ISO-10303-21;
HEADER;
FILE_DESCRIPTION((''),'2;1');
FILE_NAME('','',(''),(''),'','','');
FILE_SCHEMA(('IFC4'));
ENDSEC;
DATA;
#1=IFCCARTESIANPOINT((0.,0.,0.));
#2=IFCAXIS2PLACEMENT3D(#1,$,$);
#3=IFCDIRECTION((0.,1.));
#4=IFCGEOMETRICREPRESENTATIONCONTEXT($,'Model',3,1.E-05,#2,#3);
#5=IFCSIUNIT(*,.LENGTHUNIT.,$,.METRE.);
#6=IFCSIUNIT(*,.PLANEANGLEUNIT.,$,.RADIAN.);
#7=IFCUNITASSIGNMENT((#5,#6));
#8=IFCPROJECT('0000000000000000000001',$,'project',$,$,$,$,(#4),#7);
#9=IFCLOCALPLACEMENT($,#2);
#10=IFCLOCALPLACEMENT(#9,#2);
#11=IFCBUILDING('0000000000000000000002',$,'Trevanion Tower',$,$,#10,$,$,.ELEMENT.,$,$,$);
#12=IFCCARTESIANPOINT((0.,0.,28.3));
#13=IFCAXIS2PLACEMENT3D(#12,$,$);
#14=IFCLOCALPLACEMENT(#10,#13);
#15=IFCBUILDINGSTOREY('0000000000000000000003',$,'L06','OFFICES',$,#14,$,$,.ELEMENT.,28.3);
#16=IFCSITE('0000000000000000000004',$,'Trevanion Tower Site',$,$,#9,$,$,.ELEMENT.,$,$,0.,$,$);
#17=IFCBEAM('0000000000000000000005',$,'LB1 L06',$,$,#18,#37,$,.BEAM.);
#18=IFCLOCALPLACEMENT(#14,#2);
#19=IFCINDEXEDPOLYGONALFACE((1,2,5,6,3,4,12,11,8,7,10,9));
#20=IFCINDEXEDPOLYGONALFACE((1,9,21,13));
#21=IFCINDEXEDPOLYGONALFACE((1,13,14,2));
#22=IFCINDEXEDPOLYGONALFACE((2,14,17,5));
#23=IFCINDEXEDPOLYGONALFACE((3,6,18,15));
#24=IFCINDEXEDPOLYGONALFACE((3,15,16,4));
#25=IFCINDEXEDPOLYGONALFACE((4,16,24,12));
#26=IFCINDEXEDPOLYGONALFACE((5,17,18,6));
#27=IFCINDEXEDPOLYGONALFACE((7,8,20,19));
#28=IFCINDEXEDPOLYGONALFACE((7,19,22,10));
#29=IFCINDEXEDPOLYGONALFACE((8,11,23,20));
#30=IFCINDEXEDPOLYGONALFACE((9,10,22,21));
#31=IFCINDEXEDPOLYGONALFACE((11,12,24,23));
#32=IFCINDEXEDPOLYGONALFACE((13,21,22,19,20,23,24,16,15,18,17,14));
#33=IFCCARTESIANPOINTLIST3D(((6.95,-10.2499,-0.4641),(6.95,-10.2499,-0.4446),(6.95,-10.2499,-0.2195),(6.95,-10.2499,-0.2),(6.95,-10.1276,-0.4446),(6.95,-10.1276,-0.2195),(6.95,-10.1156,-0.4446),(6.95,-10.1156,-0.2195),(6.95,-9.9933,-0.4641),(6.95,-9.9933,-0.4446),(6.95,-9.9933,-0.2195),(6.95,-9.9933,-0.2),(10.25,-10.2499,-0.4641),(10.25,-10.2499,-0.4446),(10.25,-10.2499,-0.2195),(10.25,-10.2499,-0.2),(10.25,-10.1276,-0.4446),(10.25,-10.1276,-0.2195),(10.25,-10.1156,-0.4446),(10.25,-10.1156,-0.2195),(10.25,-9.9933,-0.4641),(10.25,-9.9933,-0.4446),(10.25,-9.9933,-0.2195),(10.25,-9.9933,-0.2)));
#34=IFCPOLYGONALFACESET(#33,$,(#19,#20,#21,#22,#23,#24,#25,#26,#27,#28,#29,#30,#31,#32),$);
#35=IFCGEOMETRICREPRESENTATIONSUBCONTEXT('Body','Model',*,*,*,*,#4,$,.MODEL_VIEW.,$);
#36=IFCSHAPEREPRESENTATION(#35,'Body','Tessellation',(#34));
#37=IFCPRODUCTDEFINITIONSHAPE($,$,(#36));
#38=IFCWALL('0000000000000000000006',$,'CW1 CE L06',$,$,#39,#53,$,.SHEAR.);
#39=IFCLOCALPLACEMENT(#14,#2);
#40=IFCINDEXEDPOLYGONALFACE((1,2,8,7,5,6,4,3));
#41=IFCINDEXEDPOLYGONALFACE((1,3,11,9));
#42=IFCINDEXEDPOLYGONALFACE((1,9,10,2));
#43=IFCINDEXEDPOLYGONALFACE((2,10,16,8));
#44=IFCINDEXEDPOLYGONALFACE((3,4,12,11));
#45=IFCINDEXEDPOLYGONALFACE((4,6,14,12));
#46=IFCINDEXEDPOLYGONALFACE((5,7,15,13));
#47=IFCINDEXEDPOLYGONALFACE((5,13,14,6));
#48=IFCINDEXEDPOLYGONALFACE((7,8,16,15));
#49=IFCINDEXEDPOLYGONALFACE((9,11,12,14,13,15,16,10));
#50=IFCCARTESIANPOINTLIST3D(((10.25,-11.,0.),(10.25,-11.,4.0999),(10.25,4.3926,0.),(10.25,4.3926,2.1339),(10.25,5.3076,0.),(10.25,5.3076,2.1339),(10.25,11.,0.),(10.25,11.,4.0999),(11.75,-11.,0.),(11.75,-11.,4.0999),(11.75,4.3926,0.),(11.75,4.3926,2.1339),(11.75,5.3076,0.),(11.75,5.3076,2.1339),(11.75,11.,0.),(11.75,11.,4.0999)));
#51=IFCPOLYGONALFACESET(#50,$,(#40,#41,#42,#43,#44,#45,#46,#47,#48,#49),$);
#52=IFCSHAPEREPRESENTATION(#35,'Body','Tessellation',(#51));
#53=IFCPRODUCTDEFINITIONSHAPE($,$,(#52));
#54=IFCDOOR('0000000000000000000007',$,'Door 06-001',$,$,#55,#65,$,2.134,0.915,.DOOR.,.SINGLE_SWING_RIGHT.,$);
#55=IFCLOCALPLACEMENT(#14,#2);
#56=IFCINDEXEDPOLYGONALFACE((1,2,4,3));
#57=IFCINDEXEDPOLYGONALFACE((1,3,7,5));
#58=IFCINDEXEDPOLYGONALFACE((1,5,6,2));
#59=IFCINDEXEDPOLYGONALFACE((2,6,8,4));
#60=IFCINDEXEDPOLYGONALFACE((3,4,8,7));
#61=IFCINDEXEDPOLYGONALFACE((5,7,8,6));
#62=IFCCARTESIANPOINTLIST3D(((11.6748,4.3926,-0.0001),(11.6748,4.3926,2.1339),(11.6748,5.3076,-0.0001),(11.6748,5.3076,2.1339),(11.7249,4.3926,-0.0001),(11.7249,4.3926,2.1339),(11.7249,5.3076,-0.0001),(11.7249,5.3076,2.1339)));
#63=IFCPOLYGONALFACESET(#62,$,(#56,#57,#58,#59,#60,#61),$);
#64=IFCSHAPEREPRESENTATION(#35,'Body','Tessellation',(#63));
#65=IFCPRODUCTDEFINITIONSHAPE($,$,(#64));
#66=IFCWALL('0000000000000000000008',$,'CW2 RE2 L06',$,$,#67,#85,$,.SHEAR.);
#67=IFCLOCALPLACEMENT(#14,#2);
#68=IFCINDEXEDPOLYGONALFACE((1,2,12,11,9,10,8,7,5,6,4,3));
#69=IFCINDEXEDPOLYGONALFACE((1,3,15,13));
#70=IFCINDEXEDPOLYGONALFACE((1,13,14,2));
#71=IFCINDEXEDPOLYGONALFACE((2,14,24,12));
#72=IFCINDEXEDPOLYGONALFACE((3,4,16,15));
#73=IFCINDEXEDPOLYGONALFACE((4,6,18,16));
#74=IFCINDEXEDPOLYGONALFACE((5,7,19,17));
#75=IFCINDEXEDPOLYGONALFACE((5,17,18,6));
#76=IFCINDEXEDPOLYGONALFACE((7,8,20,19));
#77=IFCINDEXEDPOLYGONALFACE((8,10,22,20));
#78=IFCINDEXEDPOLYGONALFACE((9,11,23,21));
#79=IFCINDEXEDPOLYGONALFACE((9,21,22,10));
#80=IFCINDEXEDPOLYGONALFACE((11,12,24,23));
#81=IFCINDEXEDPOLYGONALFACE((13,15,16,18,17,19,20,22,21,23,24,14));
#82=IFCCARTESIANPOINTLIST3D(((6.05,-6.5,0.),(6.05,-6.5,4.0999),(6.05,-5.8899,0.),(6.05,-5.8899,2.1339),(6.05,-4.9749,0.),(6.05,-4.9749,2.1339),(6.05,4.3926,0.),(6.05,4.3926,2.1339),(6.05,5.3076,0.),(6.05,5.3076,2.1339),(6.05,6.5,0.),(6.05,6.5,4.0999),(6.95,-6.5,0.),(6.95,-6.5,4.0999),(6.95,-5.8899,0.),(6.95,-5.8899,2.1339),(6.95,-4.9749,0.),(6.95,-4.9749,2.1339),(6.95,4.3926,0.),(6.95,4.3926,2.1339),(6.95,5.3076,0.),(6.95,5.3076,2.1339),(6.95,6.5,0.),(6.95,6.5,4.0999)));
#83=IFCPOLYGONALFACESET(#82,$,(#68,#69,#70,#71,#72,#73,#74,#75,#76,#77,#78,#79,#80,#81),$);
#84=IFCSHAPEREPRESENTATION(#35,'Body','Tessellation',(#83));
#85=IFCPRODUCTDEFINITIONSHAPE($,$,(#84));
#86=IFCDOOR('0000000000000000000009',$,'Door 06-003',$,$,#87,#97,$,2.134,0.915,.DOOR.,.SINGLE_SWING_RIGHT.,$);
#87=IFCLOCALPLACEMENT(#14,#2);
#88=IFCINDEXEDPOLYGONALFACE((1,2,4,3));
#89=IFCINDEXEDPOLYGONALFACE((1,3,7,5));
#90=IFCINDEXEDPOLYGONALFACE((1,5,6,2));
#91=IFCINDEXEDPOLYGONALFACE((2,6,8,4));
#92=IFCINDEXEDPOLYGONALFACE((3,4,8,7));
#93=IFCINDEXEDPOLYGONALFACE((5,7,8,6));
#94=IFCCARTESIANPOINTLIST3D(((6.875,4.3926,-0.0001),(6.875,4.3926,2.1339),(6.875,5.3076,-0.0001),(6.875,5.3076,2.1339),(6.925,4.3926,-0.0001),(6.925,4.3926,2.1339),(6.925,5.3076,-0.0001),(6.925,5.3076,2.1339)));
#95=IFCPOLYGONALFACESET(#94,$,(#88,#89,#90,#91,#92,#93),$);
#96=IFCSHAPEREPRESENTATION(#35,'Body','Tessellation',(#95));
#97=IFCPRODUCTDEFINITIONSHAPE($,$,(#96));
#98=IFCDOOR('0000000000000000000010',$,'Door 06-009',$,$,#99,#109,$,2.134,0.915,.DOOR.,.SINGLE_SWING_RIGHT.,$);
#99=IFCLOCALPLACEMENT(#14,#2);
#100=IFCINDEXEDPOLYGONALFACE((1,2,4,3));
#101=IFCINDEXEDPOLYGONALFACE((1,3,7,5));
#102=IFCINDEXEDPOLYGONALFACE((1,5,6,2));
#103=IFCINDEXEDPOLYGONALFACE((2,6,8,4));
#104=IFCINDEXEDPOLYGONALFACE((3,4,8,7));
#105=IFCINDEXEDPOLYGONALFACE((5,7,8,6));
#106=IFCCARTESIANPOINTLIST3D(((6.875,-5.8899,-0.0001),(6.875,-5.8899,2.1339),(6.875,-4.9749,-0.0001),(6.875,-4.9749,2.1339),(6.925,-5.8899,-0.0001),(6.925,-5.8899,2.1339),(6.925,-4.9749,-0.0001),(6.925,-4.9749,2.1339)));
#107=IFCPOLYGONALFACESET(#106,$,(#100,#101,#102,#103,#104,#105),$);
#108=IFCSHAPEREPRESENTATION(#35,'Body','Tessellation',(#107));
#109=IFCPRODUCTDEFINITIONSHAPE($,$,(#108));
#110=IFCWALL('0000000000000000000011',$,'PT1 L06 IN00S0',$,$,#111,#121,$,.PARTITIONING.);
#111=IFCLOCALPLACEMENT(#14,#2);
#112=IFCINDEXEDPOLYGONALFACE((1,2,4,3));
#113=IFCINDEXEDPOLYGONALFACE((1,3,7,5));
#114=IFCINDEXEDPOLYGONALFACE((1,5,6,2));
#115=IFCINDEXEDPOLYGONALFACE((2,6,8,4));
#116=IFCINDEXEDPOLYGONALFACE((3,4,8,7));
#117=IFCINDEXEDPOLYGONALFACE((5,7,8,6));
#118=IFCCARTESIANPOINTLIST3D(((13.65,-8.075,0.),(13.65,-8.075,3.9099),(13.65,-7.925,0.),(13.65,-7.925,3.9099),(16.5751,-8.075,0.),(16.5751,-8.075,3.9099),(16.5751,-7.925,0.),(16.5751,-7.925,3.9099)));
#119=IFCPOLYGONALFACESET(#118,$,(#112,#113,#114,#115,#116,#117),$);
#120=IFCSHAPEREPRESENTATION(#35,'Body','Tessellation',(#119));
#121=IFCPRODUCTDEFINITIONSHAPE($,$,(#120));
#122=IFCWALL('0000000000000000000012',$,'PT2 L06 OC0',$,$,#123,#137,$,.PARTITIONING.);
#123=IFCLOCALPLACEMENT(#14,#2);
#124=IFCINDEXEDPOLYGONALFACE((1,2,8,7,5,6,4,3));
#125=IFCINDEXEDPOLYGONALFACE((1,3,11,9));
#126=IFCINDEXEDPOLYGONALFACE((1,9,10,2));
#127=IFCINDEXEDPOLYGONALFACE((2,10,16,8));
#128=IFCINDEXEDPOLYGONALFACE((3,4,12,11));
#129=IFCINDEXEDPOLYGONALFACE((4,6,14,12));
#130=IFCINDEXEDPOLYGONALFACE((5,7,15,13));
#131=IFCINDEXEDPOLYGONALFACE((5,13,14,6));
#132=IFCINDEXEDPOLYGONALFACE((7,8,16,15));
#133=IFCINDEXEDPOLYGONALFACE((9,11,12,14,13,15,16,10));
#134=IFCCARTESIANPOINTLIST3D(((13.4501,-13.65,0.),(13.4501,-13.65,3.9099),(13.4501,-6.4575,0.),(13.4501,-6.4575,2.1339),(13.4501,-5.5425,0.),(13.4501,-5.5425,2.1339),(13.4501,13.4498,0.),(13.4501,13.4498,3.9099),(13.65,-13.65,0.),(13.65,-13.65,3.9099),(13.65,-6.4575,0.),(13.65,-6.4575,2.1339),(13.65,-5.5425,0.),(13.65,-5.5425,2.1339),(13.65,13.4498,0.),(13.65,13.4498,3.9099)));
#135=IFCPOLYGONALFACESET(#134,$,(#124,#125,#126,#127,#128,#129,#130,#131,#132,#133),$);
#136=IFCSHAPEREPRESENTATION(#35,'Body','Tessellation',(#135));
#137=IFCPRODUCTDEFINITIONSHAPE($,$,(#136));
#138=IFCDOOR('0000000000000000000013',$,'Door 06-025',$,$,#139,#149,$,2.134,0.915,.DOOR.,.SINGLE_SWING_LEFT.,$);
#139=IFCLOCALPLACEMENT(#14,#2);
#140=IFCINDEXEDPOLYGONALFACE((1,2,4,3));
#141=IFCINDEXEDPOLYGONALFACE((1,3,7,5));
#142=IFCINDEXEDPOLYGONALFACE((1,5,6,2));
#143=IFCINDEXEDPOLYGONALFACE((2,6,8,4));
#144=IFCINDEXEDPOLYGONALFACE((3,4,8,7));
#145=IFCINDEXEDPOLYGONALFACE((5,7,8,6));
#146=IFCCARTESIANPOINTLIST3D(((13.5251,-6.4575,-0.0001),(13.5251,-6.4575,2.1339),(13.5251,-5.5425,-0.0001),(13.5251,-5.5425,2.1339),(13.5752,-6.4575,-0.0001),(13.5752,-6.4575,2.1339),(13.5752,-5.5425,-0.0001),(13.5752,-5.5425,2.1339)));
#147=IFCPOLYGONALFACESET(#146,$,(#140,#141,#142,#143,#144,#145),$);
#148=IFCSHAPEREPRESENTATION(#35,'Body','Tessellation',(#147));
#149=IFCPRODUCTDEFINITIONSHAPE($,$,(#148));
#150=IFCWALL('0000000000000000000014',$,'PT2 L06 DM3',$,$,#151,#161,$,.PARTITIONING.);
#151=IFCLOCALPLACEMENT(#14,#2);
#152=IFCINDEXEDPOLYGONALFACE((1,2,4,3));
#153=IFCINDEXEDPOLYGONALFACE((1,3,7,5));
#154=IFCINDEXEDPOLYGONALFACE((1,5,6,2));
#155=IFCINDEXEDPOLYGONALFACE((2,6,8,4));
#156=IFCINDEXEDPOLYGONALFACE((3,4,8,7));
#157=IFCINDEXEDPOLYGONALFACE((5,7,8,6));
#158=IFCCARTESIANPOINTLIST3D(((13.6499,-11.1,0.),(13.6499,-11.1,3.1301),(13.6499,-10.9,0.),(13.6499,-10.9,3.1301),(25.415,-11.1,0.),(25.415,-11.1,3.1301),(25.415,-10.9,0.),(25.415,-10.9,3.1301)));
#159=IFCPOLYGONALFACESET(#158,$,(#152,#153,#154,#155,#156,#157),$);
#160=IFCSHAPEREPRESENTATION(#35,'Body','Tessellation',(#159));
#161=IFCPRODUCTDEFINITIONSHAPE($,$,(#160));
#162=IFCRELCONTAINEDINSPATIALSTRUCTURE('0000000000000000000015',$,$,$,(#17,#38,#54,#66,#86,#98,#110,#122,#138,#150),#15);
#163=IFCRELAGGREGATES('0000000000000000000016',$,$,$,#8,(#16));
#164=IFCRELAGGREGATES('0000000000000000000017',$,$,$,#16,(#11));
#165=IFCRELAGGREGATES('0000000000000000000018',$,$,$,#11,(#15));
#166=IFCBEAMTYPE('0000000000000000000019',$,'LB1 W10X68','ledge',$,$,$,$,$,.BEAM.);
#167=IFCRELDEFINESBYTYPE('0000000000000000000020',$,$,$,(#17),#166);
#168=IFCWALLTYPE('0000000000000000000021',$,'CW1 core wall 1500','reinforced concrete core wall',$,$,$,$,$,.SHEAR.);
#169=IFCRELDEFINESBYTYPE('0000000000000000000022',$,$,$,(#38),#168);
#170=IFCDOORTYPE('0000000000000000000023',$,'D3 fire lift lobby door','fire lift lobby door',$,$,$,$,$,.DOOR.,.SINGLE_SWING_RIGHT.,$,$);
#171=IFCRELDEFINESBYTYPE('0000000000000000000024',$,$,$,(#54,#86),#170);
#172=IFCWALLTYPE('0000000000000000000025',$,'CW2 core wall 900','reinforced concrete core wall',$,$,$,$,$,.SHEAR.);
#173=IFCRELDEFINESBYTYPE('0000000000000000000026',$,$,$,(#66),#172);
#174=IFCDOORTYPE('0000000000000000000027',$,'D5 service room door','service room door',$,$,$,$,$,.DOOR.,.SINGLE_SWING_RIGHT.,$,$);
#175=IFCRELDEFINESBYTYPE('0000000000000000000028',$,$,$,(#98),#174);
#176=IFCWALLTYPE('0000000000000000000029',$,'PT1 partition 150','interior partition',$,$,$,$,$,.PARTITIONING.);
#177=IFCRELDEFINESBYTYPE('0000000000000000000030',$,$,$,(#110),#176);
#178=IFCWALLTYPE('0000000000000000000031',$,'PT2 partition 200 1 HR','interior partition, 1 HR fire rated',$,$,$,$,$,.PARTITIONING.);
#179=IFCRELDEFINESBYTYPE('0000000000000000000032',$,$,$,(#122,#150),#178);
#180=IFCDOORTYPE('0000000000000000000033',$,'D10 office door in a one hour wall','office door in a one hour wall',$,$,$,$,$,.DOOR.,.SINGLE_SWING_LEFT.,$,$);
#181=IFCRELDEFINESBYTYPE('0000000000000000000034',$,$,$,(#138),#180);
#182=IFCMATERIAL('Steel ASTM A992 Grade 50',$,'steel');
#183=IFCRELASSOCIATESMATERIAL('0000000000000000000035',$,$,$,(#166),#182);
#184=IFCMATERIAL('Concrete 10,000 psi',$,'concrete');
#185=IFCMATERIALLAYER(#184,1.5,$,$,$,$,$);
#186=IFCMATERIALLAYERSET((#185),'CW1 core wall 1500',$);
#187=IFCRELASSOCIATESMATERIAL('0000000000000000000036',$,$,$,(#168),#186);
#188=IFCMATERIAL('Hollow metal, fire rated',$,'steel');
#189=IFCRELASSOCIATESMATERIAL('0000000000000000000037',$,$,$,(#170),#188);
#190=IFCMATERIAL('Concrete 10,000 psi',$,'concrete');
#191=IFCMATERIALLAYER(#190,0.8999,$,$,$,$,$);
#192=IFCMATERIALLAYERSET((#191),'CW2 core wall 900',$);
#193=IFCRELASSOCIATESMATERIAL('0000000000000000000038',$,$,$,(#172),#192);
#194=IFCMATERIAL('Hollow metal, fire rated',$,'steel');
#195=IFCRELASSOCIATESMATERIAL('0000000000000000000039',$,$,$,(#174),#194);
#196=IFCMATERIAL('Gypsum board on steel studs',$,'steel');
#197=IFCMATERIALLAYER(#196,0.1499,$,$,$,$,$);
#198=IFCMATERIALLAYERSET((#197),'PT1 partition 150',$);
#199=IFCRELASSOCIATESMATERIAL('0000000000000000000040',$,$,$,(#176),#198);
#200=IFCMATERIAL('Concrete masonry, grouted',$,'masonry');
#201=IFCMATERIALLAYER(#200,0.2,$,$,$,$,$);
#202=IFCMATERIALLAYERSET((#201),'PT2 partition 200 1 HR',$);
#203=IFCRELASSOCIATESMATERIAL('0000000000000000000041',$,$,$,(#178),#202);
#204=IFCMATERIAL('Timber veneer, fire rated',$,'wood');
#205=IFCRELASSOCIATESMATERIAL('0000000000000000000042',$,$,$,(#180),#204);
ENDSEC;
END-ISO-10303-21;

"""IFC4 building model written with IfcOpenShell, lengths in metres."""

from ifc_helpers import new_model, si_unit, direction, frame, frame_2d, origin, origin_2d, place, context, subcontext, project, spatial, rectangle, i_section, extrude, material, layer, layer_set, material_profile, profile_set, type_object, element, fill, save


model = new_model("IFC4")

# Units and contexts
model_context = context("Model", 3, precision=1e-05, world=origin(), true_north=direction((0.0, 1.0)))
body_context = subcontext(model_context, "Body", "Model", "MODEL_VIEW")
ifc_project = project(units=[si_unit("LENGTHUNIT", "METRE"), si_unit("PLANEANGLEUNIT", "RADIAN")], contexts=[model_context])

# Site, building, storey
site_placement = place(None, origin())
site = spatial("IfcSite", under=ifc_project, at=site_placement, Name="Trevanion Tower Site", CompositionType="ELEMENT", RefElevation=0.0)
building_placement = place(site_placement, origin())
building = spatial("IfcBuilding", under=site, at=building_placement, Name="Trevanion Tower", CompositionType="ELEMENT")
storey_placement = place(building_placement, frame((0.0, 0.0, 28.3)))
storey = spatial("IfcBuildingStorey", under=building, at=storey_placement, Name="L06", Description="OFFICES", CompositionType="ELEMENT", Elevation=28.3)

# Beam
ifc_material_1 = material(Name="Steel ASTM A992 Grade 50", Category="steel")
ifc_material_profile_1 = material_profile(ifc_material_1, i_section(OverallWidth=0.2566, OverallDepth=0.2642, WebThickness=0.012, FlangeThickness=0.0195, at=origin_2d()), Name="W10X68")
ifc_profile_set_1 = profile_set([ifc_material_profile_1], Name="Steel ASTM A992 Grade 50")
beam_type_1 = type_object("IfcBeamType", Name="LB1 W10X68", Description="ledge", PredefinedType="BEAM", material=ifc_profile_set_1)
beam_1_placement = place(storey_placement, frame((6.95, -10.1216, -0.332), z_axis=(1.0, 0.0, 0.0), x_axis=(0.0, 1.0, 0.0)))
element("IfcBeam", 1, at=beam_1_placement, inside=storey, type_object=beam_type_1, Name="LB1 L06", PredefinedType="BEAM", context=body_context, shape_type="SweptSolid", body=[
    extrude(i_section(OverallWidth=0.2566, OverallDepth=0.2642, WebThickness=0.012, FlangeThickness=0.0195, at=origin_2d()), origin(), (0.0, 0.0, 1.0), 3.3),
])

# Wall, opening, door
ifc_material_2 = material(Name="Concrete 10,000 psi", Category="concrete")
ifc_layer_1 = layer(ifc_material_2, 1.5)
ifc_layer_set_1 = layer_set([ifc_layer_1], Name="CW1 core wall 1500")
wall_type_1 = type_object("IfcWallType", Name="CW1 core wall 1500", Description="reinforced concrete core wall", PredefinedType="SHEAR", material=ifc_layer_set_1)
wall_1_placement = place(storey_placement, frame((11.0, -11.0, 0.0), z_axis=(0.0, 0.0, 1.0), x_axis=(0.0, 1.0, 0.0)))
wall_1 = element("IfcWall", 2, at=wall_1_placement, inside=storey, type_object=wall_type_1, Name="CW1 CE L06", PredefinedType="SHEAR", context=body_context, shape_type="SweptSolid", body=[
    extrude(rectangle(XDim=22.0, YDim=1.5, at=frame_2d((11.0, 0.0))), origin(), (0.0, 0.0, 1.0), 4.0999),
])
opening_1_placement = place(wall_1_placement, frame((15.3926, 0.0, 0.0)))
opening_1 = element("IfcOpeningElement", 3, at=opening_1_placement, cuts=wall_1, PredefinedType="OPENING", context=body_context, shape_type="SweptSolid", body=[
    extrude(rectangle(XDim=0.915, YDim=2.134, at=frame_2d((0.4575, 1.0669))), frame((0.0, 0.76, 0.0), z_axis=(0.0, -1.0, 0.0), x_axis=(1.0, 0.0, 0.0)), (0.0, 0.0, 1.0), 1.52),
])
ifc_material_3 = material(Name="Hollow metal, fire rated", Category="steel")
door_type_1 = type_object("IfcDoorType", Name="D3 fire lift lobby door", Description="fire lift lobby door", OperationType="SINGLE_SWING_RIGHT", PredefinedType="DOOR", material=ifc_material_3)
door_1_placement = place(opening_1_placement, origin())
door_1 = element("IfcDoor", 4, at=door_1_placement, inside=storey, type_object=door_type_1, Name="Door 06-001", OperationType="SINGLE_SWING_RIGHT", OverallHeight=2.134, OverallWidth=0.915, PredefinedType="DOOR", context=body_context, shape_type="SweptSolid", body=[
    extrude(rectangle(XDim=0.915, YDim=2.134, at=frame_2d((0.4575, 1.0669))), frame((0.0, -0.6748, 0.0), z_axis=(0.0, -1.0, 0.0), x_axis=(1.0, 0.0, 0.0)), (0.0, 0.0, 1.0), 0.05),
])
fill(opening_1, door_1)

# Wall, openings, doors
ifc_material_4 = material(Name="Concrete 10,000 psi", Category="concrete")
ifc_layer_2 = layer(ifc_material_4, 0.8999)
ifc_layer_set_2 = layer_set([ifc_layer_2], Name="CW2 core wall 900")
wall_type_2 = type_object("IfcWallType", Name="CW2 core wall 900", Description="reinforced concrete core wall", PredefinedType="SHEAR", material=ifc_layer_set_2)
wall_2_placement = place(storey_placement, frame((6.5, -6.5, 0.0), z_axis=(0.0, 0.0, 1.0), x_axis=(0.0, 1.0, 0.0)))
wall_2 = element("IfcWall", 5, at=wall_2_placement, inside=storey, type_object=wall_type_2, Name="CW2 RE2 L06", PredefinedType="SHEAR", context=body_context, shape_type="SweptSolid", body=[
    extrude(rectangle(XDim=13.0, YDim=0.8999, at=frame_2d((6.5, 0.0))), origin(), (0.0, 0.0, 1.0), 4.0999),
])
opening_2_placement = place(wall_2_placement, frame((10.8926, 0.0, 0.0)))
opening_2 = element("IfcOpeningElement", 6, at=opening_2_placement, cuts=wall_2, PredefinedType="OPENING", context=body_context, shape_type="SweptSolid", body=[
    extrude(rectangle(XDim=0.915, YDim=2.134, at=frame_2d((0.4575, 1.0669))), frame((0.0, 0.46, 0.0), z_axis=(0.0, -1.0, 0.0), x_axis=(1.0, 0.0, 0.0)), (0.0, 0.0, 1.0), 0.9199),
])
opening_3_placement = place(wall_2_placement, frame((0.6101, 0.0, 0.0)))
opening_3 = element("IfcOpeningElement", 7, at=opening_3_placement, cuts=wall_2, PredefinedType="OPENING", context=body_context, shape_type="SweptSolid", body=[
    extrude(rectangle(XDim=0.915, YDim=2.134, at=frame_2d((0.4575, 1.0669))), frame((0.0, 0.46, 0.0), z_axis=(0.0, -1.0, 0.0), x_axis=(1.0, 0.0, 0.0)), (0.0, 0.0, 1.0), 0.9199),
])
door_2_placement = place(opening_2_placement, origin())
door_2 = element("IfcDoor", 8, at=door_2_placement, inside=storey, type_object=door_type_1, Name="Door 06-003", OperationType="SINGLE_SWING_RIGHT", OverallHeight=2.134, OverallWidth=0.915, PredefinedType="DOOR", context=body_context, shape_type="SweptSolid", body=[
    extrude(rectangle(XDim=0.915, YDim=2.134, at=frame_2d((0.4575, 1.0669))), frame((0.0, -0.375, 0.0), z_axis=(0.0, -1.0, 0.0), x_axis=(1.0, 0.0, 0.0)), (0.0, 0.0, 1.0), 0.05),
])
fill(opening_2, door_2)
ifc_material_5 = material(Name="Hollow metal, fire rated", Category="steel")
door_type_2 = type_object("IfcDoorType", Name="D5 service room door", Description="service room door", OperationType="SINGLE_SWING_RIGHT", PredefinedType="DOOR", material=ifc_material_5)
door_3_placement = place(opening_3_placement, origin())
door_3 = element("IfcDoor", 9, at=door_3_placement, inside=storey, type_object=door_type_2, Name="Door 06-009", OperationType="SINGLE_SWING_RIGHT", OverallHeight=2.134, OverallWidth=0.915, PredefinedType="DOOR", context=body_context, shape_type="SweptSolid", body=[
    extrude(rectangle(XDim=0.915, YDim=2.134, at=frame_2d((0.4575, 1.0669))), frame((0.0, -0.375, 0.0), z_axis=(0.0, -1.0, 0.0), x_axis=(1.0, 0.0, 0.0)), (0.0, 0.0, 1.0), 0.05),
])
fill(opening_3, door_3)

# Wall
ifc_material_6 = material(Name="Gypsum board on steel studs", Category="steel")
ifc_layer_3 = layer(ifc_material_6, 0.1499)
ifc_layer_set_3 = layer_set([ifc_layer_3], Name="PT1 partition 150")
wall_type_3 = type_object("IfcWallType", Name="PT1 partition 150", Description="interior partition", PredefinedType="PARTITIONING", material=ifc_layer_set_3)
wall_3_placement = place(storey_placement, frame((16.575, -8.0, 0.0), z_axis=(0.0, 0.0, 1.0), x_axis=(-1.0, 0.0, 0.0)))
element("IfcWall", 10, at=wall_3_placement, inside=storey, type_object=wall_type_3, Name="PT1 L06 IN00S0", PredefinedType="PARTITIONING", context=body_context, shape_type="SweptSolid", body=[
    extrude(rectangle(XDim=2.925, YDim=0.1499, at=frame_2d((1.4624, 0.0))), origin(), (0.0, 0.0, 1.0), 3.9099),
])

# Wall, opening, door
ifc_material_7 = material(Name="Concrete masonry, grouted", Category="masonry")
ifc_layer_4 = layer(ifc_material_7, 0.2)
ifc_layer_set_4 = layer_set([ifc_layer_4], Name="PT2 partition 200 1 HR")
wall_type_4 = type_object("IfcWallType", Name="PT2 partition 200 1 HR", Description="interior partition, 1 HR fire rated", PredefinedType="PARTITIONING", material=ifc_layer_set_4)
wall_4_placement = place(storey_placement, frame((13.55, -13.6499, 0.0), z_axis=(0.0, 0.0, 1.0), x_axis=(0.0, 1.0, 0.0)))
wall_4 = element("IfcWall", 11, at=wall_4_placement, inside=storey, type_object=wall_type_4, Name="PT2 L06 OC0", PredefinedType="PARTITIONING", context=body_context, shape_type="SweptSolid", body=[
    extrude(rectangle(XDim=27.0999, YDim=0.2, at=frame_2d((13.5498, 0.0))), origin(), (0.0, 0.0, 1.0), 3.9099),
])
opening_4_placement = place(wall_4_placement, frame((7.1924, 0.0, 0.0)))
opening_4 = element("IfcOpeningElement", 12, at=opening_4_placement, cuts=wall_4, PredefinedType="OPENING", context=body_context, shape_type="SweptSolid", body=[
    extrude(rectangle(XDim=0.915, YDim=2.134, at=frame_2d((0.4575, 1.0669))), frame((0.0, 0.1099, 0.0), z_axis=(0.0, -1.0, 0.0), x_axis=(1.0, 0.0, 0.0)), (0.0, 0.0, 1.0), 0.22),
])
ifc_material_8 = material(Name="Timber veneer, fire rated", Category="wood")
door_type_3 = type_object("IfcDoorType", Name="D10 office door in a one hour wall", Description="office door in a one hour wall", OperationType="SINGLE_SWING_LEFT", PredefinedType="DOOR", material=ifc_material_8)
door_4_placement = place(opening_4_placement, origin())
door_4 = element("IfcDoor", 13, at=door_4_placement, inside=storey, type_object=door_type_3, Name="Door 06-025", OperationType="SINGLE_SWING_LEFT", OverallHeight=2.134, OverallWidth=0.915, PredefinedType="DOOR", context=body_context, shape_type="SweptSolid", body=[
    extrude(rectangle(XDim=0.915, YDim=2.134, at=frame_2d((0.4575, 1.0669))), frame((0.0, 0.0249, 0.0), z_axis=(0.0, -1.0, 0.0), x_axis=(1.0, 0.0, 0.0)), (0.0, 0.0, 1.0), 0.05),
])
fill(opening_4, door_4)

# Wall
wall_5_placement = place(storey_placement, frame((13.6499, -11.0, 0.0), z_axis=(0.0, 0.0, 1.0), x_axis=(1.0, 0.0, 0.0)))
element("IfcWall", 14, at=wall_5_placement, inside=storey, type_object=wall_type_4, Name="PT2 L06 DM3", PredefinedType="PARTITIONING", context=body_context, shape_type="SweptSolid", body=[
    extrude(rectangle(XDim=11.7651, YDim=0.2, at=frame_2d((5.8826, 0.0))), origin(), (0.0, 0.0, 1.0), 3.1301),
])

save(model, "model.ifc")
